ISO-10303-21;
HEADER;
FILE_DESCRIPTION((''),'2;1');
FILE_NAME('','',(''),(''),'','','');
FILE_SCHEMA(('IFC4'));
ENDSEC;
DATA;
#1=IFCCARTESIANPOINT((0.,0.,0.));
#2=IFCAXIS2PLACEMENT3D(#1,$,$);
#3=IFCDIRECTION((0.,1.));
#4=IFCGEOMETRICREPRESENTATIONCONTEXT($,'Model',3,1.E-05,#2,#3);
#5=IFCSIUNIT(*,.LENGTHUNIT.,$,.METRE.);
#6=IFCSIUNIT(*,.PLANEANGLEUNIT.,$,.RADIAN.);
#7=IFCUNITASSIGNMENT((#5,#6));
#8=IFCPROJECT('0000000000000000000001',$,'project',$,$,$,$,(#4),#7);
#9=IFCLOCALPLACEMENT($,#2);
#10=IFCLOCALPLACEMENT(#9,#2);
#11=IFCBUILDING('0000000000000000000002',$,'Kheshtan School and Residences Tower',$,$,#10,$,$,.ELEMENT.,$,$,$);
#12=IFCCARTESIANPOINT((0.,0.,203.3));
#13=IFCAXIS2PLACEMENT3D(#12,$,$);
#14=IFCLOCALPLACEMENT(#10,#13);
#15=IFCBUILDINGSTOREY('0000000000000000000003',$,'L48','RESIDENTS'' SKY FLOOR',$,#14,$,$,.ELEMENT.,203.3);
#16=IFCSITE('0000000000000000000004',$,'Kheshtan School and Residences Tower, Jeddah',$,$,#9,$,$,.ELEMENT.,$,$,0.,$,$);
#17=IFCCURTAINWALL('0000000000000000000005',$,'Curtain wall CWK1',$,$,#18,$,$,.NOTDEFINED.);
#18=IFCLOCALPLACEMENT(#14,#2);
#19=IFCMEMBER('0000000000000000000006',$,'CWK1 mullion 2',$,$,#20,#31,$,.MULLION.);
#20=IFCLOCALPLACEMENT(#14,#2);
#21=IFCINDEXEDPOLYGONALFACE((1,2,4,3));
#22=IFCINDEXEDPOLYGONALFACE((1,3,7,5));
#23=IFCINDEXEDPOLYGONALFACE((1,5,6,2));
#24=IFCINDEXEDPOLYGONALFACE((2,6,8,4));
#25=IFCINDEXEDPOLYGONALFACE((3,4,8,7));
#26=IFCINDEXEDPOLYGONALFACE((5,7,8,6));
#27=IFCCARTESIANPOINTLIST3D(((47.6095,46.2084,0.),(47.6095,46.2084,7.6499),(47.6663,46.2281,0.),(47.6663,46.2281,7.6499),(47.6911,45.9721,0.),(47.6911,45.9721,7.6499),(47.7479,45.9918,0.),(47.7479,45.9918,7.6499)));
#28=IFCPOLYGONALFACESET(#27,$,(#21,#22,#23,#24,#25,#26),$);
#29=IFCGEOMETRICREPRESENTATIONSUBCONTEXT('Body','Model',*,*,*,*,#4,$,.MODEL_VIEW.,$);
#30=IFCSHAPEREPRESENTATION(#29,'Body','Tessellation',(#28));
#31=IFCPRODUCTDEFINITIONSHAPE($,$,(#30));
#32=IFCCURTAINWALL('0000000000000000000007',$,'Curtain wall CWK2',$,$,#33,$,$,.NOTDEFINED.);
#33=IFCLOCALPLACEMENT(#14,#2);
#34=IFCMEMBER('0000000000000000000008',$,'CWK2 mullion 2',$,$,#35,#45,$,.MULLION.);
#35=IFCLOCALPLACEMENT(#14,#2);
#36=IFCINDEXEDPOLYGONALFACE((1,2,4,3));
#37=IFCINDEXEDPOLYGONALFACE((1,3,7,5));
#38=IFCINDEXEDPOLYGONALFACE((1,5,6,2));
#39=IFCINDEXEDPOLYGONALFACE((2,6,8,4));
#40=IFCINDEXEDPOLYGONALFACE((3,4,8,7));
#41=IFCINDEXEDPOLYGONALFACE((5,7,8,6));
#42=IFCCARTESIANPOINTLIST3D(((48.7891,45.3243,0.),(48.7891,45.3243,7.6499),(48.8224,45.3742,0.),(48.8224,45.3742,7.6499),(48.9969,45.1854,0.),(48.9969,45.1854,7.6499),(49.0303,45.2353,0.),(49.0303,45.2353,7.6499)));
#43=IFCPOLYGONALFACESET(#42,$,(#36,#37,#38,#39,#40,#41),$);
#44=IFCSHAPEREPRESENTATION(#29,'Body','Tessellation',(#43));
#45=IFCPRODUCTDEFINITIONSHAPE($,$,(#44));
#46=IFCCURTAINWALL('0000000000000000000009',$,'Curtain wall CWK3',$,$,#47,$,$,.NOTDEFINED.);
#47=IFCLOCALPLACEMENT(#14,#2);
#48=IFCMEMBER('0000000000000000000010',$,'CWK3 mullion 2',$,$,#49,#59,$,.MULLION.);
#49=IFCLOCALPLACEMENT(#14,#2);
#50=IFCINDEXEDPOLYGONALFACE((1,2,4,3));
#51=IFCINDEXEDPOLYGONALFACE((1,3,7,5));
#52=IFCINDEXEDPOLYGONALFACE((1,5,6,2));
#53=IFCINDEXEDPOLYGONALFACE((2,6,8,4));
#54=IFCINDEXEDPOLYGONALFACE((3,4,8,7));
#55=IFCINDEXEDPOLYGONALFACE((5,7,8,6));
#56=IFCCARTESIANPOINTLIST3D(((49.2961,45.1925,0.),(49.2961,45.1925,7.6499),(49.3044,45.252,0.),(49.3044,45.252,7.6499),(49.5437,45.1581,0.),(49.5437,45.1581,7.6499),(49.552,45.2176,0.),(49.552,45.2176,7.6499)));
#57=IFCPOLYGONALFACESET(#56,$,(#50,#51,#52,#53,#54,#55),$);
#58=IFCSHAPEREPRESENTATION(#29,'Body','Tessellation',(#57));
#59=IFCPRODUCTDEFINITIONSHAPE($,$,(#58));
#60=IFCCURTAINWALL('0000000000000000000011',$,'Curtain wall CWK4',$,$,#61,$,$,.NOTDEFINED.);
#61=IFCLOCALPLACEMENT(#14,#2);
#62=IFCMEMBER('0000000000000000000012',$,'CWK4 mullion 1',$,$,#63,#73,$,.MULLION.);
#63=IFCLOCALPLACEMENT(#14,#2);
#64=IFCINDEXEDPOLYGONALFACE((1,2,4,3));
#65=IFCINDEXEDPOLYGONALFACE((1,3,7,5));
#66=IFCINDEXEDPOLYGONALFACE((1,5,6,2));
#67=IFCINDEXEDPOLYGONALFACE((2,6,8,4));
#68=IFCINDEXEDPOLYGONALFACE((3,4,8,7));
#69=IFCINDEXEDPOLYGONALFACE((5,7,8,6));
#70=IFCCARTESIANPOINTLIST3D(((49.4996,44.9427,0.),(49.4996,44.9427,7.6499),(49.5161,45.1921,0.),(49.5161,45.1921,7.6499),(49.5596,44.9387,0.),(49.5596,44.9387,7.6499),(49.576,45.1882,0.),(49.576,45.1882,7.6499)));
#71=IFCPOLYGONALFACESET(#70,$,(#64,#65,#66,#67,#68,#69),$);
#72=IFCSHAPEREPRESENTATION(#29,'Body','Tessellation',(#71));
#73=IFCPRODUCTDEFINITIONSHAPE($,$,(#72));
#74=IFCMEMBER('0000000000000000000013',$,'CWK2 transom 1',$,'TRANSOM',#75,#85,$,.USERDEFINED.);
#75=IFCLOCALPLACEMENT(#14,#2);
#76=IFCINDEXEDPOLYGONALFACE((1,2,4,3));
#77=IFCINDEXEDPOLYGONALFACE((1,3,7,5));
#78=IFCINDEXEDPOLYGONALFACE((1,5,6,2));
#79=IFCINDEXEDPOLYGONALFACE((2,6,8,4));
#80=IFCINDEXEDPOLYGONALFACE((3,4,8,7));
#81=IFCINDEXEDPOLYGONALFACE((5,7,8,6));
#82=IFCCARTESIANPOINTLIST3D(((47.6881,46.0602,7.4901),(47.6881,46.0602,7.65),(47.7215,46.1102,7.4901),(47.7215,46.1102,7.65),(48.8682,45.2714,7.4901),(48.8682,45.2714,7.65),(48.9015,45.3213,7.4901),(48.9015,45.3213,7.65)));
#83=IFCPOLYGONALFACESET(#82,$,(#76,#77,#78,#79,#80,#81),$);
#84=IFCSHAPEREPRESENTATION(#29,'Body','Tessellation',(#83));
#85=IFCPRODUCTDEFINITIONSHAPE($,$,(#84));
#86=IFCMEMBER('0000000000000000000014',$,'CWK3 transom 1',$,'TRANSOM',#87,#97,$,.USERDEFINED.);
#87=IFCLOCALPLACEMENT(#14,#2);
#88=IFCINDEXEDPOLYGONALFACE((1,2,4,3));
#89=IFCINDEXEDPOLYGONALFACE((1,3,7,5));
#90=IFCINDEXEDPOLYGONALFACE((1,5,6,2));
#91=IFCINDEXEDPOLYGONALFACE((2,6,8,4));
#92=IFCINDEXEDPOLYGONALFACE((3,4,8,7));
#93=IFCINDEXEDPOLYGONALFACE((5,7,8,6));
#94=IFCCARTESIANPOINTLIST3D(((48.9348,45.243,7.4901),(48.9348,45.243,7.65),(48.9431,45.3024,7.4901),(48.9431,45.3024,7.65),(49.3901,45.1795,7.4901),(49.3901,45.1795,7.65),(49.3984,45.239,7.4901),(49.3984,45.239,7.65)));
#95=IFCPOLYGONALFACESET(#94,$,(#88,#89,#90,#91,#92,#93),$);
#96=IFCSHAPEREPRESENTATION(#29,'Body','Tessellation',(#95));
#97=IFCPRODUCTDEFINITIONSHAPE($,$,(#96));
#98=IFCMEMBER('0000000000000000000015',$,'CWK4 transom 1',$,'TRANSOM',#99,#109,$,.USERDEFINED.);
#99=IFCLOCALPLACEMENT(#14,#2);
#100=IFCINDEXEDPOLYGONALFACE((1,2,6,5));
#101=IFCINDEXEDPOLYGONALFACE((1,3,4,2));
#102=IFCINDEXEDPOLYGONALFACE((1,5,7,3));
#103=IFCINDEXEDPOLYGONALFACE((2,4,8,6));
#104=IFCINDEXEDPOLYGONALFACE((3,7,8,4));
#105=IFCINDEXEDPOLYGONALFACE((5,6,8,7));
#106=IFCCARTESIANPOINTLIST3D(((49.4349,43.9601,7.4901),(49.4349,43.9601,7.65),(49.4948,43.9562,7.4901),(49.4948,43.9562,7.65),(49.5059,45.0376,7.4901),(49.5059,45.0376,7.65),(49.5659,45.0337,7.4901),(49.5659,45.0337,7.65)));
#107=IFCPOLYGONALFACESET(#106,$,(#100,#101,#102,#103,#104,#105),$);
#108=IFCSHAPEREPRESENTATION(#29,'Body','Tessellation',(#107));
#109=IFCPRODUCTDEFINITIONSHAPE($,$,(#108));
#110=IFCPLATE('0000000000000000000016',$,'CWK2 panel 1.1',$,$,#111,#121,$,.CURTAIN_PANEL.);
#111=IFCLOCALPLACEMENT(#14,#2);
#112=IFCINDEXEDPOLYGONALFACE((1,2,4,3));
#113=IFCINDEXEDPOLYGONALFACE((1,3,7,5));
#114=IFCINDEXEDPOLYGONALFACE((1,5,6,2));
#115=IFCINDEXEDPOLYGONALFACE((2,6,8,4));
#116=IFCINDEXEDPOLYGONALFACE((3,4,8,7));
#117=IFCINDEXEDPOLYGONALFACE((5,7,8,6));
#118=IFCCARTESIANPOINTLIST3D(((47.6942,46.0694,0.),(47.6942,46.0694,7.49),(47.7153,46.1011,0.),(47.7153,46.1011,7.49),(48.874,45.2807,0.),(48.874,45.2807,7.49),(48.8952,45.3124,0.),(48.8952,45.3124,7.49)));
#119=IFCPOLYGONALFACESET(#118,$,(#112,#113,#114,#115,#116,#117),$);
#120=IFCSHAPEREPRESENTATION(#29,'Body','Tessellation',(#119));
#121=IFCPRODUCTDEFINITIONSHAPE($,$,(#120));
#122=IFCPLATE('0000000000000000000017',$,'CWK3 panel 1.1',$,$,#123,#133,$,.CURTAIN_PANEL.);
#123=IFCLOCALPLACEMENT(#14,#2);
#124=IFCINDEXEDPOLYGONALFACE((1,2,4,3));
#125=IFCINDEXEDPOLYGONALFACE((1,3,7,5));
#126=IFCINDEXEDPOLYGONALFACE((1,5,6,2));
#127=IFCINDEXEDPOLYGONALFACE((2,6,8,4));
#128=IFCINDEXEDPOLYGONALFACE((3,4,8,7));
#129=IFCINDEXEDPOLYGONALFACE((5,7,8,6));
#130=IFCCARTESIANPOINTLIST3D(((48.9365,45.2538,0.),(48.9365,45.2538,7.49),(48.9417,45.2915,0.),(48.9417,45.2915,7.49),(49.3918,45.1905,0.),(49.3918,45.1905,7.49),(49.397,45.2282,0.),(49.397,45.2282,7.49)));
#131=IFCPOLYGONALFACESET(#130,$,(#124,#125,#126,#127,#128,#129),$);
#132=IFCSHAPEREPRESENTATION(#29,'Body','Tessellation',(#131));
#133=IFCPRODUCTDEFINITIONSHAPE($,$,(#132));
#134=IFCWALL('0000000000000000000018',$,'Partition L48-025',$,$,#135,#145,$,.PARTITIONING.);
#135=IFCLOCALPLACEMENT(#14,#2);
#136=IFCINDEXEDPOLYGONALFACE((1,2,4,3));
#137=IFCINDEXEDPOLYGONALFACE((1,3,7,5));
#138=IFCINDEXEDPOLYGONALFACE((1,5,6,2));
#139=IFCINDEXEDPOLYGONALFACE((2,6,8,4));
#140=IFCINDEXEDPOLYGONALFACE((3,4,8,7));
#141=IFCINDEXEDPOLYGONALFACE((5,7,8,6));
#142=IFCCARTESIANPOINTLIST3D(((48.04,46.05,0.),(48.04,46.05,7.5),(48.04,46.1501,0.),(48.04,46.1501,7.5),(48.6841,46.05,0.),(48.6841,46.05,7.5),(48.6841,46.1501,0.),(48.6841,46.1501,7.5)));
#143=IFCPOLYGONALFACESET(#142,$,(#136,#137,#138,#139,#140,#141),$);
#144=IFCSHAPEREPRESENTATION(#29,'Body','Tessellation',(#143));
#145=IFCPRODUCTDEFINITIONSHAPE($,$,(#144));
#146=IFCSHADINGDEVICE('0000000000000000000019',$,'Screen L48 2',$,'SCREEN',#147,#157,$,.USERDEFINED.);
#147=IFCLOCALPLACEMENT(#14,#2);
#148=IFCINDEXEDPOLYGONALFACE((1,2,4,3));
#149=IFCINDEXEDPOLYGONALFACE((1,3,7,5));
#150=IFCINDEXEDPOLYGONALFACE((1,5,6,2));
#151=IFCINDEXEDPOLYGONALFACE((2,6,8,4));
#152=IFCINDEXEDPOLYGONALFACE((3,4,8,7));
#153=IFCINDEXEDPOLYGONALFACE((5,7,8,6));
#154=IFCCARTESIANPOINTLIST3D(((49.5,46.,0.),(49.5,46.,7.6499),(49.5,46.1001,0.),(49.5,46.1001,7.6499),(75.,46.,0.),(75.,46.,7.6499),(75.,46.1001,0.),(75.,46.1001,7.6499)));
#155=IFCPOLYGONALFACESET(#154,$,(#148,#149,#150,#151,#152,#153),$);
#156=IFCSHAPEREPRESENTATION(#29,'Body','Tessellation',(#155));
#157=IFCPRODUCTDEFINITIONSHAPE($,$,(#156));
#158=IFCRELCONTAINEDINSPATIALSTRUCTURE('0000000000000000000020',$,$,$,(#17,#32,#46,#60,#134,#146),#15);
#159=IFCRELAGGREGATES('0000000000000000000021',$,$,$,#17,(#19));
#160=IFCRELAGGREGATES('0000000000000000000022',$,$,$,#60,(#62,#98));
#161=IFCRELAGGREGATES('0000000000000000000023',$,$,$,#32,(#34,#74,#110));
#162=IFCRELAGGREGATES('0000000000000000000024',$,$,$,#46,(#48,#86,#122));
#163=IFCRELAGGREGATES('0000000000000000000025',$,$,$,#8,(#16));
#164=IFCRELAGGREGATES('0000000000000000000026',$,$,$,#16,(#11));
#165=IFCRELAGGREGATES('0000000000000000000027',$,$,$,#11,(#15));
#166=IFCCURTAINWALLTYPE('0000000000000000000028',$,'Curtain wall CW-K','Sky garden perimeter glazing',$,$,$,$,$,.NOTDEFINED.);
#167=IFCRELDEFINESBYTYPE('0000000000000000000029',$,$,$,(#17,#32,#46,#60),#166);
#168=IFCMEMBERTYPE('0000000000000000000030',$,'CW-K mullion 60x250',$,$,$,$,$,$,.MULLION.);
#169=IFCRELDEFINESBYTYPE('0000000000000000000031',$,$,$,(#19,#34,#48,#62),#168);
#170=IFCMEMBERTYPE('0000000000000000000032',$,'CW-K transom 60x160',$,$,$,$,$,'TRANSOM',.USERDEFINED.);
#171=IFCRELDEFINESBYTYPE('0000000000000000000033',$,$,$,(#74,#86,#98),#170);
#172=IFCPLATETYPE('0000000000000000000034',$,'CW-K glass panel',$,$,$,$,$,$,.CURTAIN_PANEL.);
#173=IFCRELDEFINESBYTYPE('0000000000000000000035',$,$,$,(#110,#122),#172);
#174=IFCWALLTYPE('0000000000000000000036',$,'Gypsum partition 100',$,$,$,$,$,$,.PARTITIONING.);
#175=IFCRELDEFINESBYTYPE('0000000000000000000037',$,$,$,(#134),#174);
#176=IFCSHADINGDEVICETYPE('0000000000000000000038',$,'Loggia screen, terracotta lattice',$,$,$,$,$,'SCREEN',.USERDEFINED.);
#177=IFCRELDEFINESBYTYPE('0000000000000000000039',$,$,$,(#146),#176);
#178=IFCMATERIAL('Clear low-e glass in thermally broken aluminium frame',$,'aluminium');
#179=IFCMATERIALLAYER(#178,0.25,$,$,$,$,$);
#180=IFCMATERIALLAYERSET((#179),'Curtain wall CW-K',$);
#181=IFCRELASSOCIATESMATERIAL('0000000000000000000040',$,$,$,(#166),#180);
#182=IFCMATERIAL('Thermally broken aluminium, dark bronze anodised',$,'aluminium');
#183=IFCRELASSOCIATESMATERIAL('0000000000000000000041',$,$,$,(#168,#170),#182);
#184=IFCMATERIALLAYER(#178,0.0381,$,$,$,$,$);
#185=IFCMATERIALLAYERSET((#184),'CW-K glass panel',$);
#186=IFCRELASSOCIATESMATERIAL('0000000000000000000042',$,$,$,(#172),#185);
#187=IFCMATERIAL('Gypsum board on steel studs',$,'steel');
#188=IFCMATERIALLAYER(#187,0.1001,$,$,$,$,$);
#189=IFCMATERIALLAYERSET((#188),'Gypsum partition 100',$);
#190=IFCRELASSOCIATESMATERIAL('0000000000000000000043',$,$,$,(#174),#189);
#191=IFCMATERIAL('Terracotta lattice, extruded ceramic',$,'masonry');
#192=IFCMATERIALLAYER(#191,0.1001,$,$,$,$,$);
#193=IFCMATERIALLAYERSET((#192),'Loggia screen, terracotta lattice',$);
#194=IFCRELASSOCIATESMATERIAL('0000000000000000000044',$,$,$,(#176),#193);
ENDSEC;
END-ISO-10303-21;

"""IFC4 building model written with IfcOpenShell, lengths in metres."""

from ifc_helpers import new_model, si_unit, direction, frame, frame_2d, origin, origin_2d, place, context, subcontext, project, spatial, rectangle, extrude, material, layer, layer_set, material_profile, profile_set, type_object, element, aggregate, save


model = new_model("IFC4")

# Units and contexts
model_context = context("Model", 3, precision=1e-05, world=origin(), true_north=direction((0.0, 1.0)))
body_context = subcontext(model_context, "Body", "Model", "MODEL_VIEW")
ifc_project = project(units=[si_unit("LENGTHUNIT", "METRE"), si_unit("PLANEANGLEUNIT", "RADIAN")], contexts=[model_context])

# Site, building, storey
site_placement = place(None, origin())
site = spatial("IfcSite", under=ifc_project, at=site_placement, Name="Kheshtan School and Residences Tower, Jeddah", CompositionType="ELEMENT", RefElevation=0.0)
building_placement = place(site_placement, origin())
building = spatial("IfcBuilding", under=site, at=building_placement, Name="Kheshtan School and Residences Tower", CompositionType="ELEMENT")
storey_placement = place(building_placement, frame((0.0, 0.0, 203.3)))
storey = spatial("IfcBuildingStorey", under=building, at=storey_placement, Name="L48", Description="RESIDENTS' SKY FLOOR", CompositionType="ELEMENT", Elevation=203.3)

# Curtain walls, members
ifc_material_1 = material(Name="Clear low-e glass in thermally broken aluminium frame", Category="aluminium")
ifc_layer_1 = layer(ifc_material_1, 0.25)
ifc_layer_set_1 = layer_set([ifc_layer_1], Name="Curtain wall CW-K")
curtain_wall_type = type_object("IfcCurtainWallType", Name="Curtain wall CW-K", Description="Sky garden perimeter glazing", PredefinedType="NOTDEFINED", material=ifc_layer_set_1)
curtain_wall_1_placement = place(storey_placement, origin())
curtain_wall_1 = element("IfcCurtainWall", 1, at=curtain_wall_1_placement, inside=storey, type_object=curtain_wall_type, Name="Curtain wall CWK1", PredefinedType="NOTDEFINED")
ifc_material_2 = material(Name="Thermally broken aluminium, dark bronze anodised", Category="aluminium")
ifc_material_profile_1 = material_profile(ifc_material_2, rectangle(XDim=0.0601, YDim=0.25, at=origin_2d()), Name="CW-K mullion 60x250")
ifc_profile_set_1 = profile_set([ifc_material_profile_1], Name="Thermally broken aluminium, dark bronze anodised")
member_type_1 = type_object("IfcMemberType", Name="CW-K mullion 60x250", PredefinedType="MULLION", material=ifc_profile_set_1)
member_1_placement = place(storey_placement, frame((47.6787, 46.1001, 0.0), z_axis=(0.0, 0.0, 1.0), x_axis=(0.94519, 0.32652, 0.0)))
member_1 = element("IfcMember", 2, at=member_1_placement, type_object=member_type_1, Name="CWK1 mullion 2", PredefinedType="MULLION", context=body_context, shape_type="SweptSolid", body=[
    extrude(rectangle(XDim=0.0601, YDim=0.25, at=origin_2d()), origin(), (0.0, 0.0, 1.0), 7.6499),
])
aggregate(curtain_wall_1, [member_1])
curtain_wall_2_placement = place(storey_placement, origin())
curtain_wall_2 = element("IfcCurtainWall", 3, at=curtain_wall_2_placement, inside=storey, type_object=curtain_wall_type, Name="Curtain wall CWK2", PredefinedType="NOTDEFINED")
member_2_placement = place(storey_placement, frame((48.9097, 45.2798, 0.0), z_axis=(0.0, 0.0, 1.0), x_axis=(0.555745, 0.831353, 0.0)))
member_2 = element("IfcMember", 4, at=member_2_placement, type_object=member_type_1, Name="CWK2 mullion 2", PredefinedType="MULLION", context=body_context, shape_type="SweptSolid", body=[
    extrude(rectangle(XDim=0.0601, YDim=0.25, at=origin_2d()), origin(), (0.0, 0.0, 1.0), 7.6499),
])
curtain_wall_3_placement = place(storey_placement, origin())
curtain_wall_3 = element("IfcCurtainWall", 5, at=curtain_wall_3_placement, inside=storey, type_object=curtain_wall_type, Name="Curtain wall CWK3", PredefinedType="NOTDEFINED")
member_3_placement = place(storey_placement, frame((49.4241, 45.2051, 0.0), z_axis=(0.0, 0.0, 1.0), x_axis=(0.137713, 0.990472, 0.0)))
member_3 = element("IfcMember", 6, at=member_3_placement, type_object=member_type_1, Name="CWK3 mullion 2", PredefinedType="MULLION", context=body_context, shape_type="SweptSolid", body=[
    extrude(rectangle(XDim=0.0601, YDim=0.25, at=origin_2d()), origin(), (0.0, 0.0, 1.0), 7.6499),
])
curtain_wall_4_placement = place(storey_placement, origin())
curtain_wall_4 = element("IfcCurtainWall", 7, at=curtain_wall_4_placement, inside=storey, type_object=curtain_wall_type, Name="Curtain wall CWK4", PredefinedType="NOTDEFINED")
member_4_placement = place(storey_placement, frame((49.5378, 45.0654, 0.0), z_axis=(0.0, 0.0, 1.0), x_axis=(0.997829, -0.065855, 0.0)))
member_4 = element("IfcMember", 8, at=member_4_placement, type_object=member_type_1, Name="CWK4 mullion 1", PredefinedType="MULLION", context=body_context, shape_type="SweptSolid", body=[
    extrude(rectangle(XDim=0.0601, YDim=0.25, at=origin_2d()), origin(), (0.0, 0.0, 1.0), 7.6499),
])

# Members
ifc_material_profile_2 = material_profile(ifc_material_2, rectangle(XDim=0.0601, YDim=0.1599, at=origin_2d()), Name="CW-K transom 60x160")
ifc_profile_set_2 = profile_set([ifc_material_profile_2], Name="Thermally broken aluminium, dark bronze anodised")
member_type_2 = type_object("IfcMemberType", Name="CW-K transom 60x160", ElementType="TRANSOM", PredefinedType="USERDEFINED", material=ifc_profile_set_2)
member_5_placement = place(storey_placement, frame((47.7048, 46.0852, 7.5701), z_axis=(0.831335, -0.555772, 0.0), x_axis=(0.555772, 0.831335, 0.0)))
member_5 = element("IfcMember", 9, at=member_5_placement, type_object=member_type_2, Name="CWK2 transom 1", ObjectType="TRANSOM", PredefinedType="USERDEFINED", context=body_context, shape_type="SweptSolid", body=[
    extrude(rectangle(XDim=0.0601, YDim=0.1599, at=origin_2d()), origin(), (0.0, 0.0, 1.0), 1.4194),
])
member_6_placement = place(storey_placement, frame((48.939, 45.2727, 7.5701), z_axis=(0.990422, -0.138075, 0.0), x_axis=(0.138075, 0.990422, 0.0)))
member_6 = element("IfcMember", 10, at=member_6_placement, type_object=member_type_2, Name="CWK3 transom 1", ObjectType="TRANSOM", PredefinedType="USERDEFINED", context=body_context, shape_type="SweptSolid", body=[
    extrude(rectangle(XDim=0.0601, YDim=0.1599, at=origin_2d()), origin(), (0.0, 0.0, 1.0), 0.4597),
])
member_7_placement = place(storey_placement, frame((49.5359, 45.0356, 7.5701), z_axis=(-0.065799, -0.997833, 0.0), x_axis=(0.997833, -0.065799, 0.0)))
member_7 = element("IfcMember", 11, at=member_7_placement, type_object=member_type_2, Name="CWK4 transom 1", ObjectType="TRANSOM", PredefinedType="USERDEFINED", context=body_context, shape_type="SweptSolid", body=[
    extrude(rectangle(XDim=0.0601, YDim=0.1599, at=origin_2d()), origin(), (0.0, 0.0, 1.0), 1.0798),
])
aggregate(curtain_wall_4, [member_4, member_7])

# Plates
ifc_layer_2 = layer(ifc_material_1, 0.0381)
ifc_layer_set_2 = layer_set([ifc_layer_2], Name="CW-K glass panel")
plate_type = type_object("IfcPlateType", Name="CW-K glass panel", PredefinedType="CURTAIN_PANEL", material=ifc_layer_set_2)
plate_1_placement = place(storey_placement, frame((48.2947, 45.6909, 0.0), z_axis=(0.0, 0.0, 1.0), x_axis=(0.831353, -0.555745, 0.0)))
plate_1 = element("IfcPlate", 12, at=plate_1_placement, type_object=plate_type, Name="CWK2 panel 1.1", PredefinedType="CURTAIN_PANEL", context=body_context, shape_type="SweptSolid", body=[
    extrude(rectangle(XDim=1.4192, YDim=0.0381, at=origin_2d()), origin(), (0.0, 0.0, 1.0), 7.49),
])
aggregate(curtain_wall_2, [member_2, member_5, plate_1])
plate_2_placement = place(storey_placement, frame((49.1667, 45.241, 0.0), z_axis=(0.0, 0.0, 1.0), x_axis=(0.990472, -0.137713, 0.0)))
plate_2 = element("IfcPlate", 13, at=plate_2_placement, type_object=plate_type, Name="CWK3 panel 1.1", PredefinedType="CURTAIN_PANEL", context=body_context, shape_type="SweptSolid", body=[
    extrude(rectangle(XDim=0.4597, YDim=0.0381, at=origin_2d()), origin(), (0.0, 0.0, 1.0), 7.49),
])
aggregate(curtain_wall_3, [member_3, member_6, plate_2])

# Wall
ifc_material_3 = material(Name="Gypsum board on steel studs", Category="steel")
ifc_layer_3 = layer(ifc_material_3, 0.1001)
ifc_layer_set_3 = layer_set([ifc_layer_3], Name="Gypsum partition 100")
wall_type = type_object("IfcWallType", Name="Gypsum partition 100", PredefinedType="PARTITIONING", material=ifc_layer_set_3)
wall_placement = place(storey_placement, frame((48.04, 46.1001, 0.0), z_axis=(0.0, 0.0, 1.0), x_axis=(1.0, 0.0, 0.0)))
element("IfcWall", 14, at=wall_placement, inside=storey, type_object=wall_type, Name="Partition L48-025", PredefinedType="PARTITIONING", context=body_context, shape_type="SweptSolid", body=[
    extrude(rectangle(XDim=0.644, YDim=0.1001, at=frame_2d((0.322, 0.0))), origin(), (0.0, 0.0, 1.0), 7.5),
])

# Shading device
ifc_material_4 = material(Name="Terracotta lattice, extruded ceramic", Category="masonry")
ifc_layer_4 = layer(ifc_material_4, 0.1001)
ifc_layer_set_4 = layer_set([ifc_layer_4], Name="Loggia screen, terracotta lattice")
shading_device_type = type_object("IfcShadingDeviceType", Name="Loggia screen, terracotta lattice", ElementType="SCREEN", PredefinedType="USERDEFINED", material=ifc_layer_set_4)
shading_device_placement = place(storey_placement, frame((62.25, 46.05, 0.0), z_axis=(0.0, 0.0, 1.0), x_axis=(1.0, 0.0, 0.0)))
element("IfcShadingDevice", 15, at=shading_device_placement, inside=storey, type_object=shading_device_type, Name="Screen L48 2", ObjectType="SCREEN", PredefinedType="USERDEFINED", context=body_context, shape_type="SweptSolid", body=[
    extrude(rectangle(XDim=25.5, YDim=0.1001, at=origin_2d()), origin(), (0.0, 0.0, 1.0), 7.6499),
])

save(model, "model.ifc")
